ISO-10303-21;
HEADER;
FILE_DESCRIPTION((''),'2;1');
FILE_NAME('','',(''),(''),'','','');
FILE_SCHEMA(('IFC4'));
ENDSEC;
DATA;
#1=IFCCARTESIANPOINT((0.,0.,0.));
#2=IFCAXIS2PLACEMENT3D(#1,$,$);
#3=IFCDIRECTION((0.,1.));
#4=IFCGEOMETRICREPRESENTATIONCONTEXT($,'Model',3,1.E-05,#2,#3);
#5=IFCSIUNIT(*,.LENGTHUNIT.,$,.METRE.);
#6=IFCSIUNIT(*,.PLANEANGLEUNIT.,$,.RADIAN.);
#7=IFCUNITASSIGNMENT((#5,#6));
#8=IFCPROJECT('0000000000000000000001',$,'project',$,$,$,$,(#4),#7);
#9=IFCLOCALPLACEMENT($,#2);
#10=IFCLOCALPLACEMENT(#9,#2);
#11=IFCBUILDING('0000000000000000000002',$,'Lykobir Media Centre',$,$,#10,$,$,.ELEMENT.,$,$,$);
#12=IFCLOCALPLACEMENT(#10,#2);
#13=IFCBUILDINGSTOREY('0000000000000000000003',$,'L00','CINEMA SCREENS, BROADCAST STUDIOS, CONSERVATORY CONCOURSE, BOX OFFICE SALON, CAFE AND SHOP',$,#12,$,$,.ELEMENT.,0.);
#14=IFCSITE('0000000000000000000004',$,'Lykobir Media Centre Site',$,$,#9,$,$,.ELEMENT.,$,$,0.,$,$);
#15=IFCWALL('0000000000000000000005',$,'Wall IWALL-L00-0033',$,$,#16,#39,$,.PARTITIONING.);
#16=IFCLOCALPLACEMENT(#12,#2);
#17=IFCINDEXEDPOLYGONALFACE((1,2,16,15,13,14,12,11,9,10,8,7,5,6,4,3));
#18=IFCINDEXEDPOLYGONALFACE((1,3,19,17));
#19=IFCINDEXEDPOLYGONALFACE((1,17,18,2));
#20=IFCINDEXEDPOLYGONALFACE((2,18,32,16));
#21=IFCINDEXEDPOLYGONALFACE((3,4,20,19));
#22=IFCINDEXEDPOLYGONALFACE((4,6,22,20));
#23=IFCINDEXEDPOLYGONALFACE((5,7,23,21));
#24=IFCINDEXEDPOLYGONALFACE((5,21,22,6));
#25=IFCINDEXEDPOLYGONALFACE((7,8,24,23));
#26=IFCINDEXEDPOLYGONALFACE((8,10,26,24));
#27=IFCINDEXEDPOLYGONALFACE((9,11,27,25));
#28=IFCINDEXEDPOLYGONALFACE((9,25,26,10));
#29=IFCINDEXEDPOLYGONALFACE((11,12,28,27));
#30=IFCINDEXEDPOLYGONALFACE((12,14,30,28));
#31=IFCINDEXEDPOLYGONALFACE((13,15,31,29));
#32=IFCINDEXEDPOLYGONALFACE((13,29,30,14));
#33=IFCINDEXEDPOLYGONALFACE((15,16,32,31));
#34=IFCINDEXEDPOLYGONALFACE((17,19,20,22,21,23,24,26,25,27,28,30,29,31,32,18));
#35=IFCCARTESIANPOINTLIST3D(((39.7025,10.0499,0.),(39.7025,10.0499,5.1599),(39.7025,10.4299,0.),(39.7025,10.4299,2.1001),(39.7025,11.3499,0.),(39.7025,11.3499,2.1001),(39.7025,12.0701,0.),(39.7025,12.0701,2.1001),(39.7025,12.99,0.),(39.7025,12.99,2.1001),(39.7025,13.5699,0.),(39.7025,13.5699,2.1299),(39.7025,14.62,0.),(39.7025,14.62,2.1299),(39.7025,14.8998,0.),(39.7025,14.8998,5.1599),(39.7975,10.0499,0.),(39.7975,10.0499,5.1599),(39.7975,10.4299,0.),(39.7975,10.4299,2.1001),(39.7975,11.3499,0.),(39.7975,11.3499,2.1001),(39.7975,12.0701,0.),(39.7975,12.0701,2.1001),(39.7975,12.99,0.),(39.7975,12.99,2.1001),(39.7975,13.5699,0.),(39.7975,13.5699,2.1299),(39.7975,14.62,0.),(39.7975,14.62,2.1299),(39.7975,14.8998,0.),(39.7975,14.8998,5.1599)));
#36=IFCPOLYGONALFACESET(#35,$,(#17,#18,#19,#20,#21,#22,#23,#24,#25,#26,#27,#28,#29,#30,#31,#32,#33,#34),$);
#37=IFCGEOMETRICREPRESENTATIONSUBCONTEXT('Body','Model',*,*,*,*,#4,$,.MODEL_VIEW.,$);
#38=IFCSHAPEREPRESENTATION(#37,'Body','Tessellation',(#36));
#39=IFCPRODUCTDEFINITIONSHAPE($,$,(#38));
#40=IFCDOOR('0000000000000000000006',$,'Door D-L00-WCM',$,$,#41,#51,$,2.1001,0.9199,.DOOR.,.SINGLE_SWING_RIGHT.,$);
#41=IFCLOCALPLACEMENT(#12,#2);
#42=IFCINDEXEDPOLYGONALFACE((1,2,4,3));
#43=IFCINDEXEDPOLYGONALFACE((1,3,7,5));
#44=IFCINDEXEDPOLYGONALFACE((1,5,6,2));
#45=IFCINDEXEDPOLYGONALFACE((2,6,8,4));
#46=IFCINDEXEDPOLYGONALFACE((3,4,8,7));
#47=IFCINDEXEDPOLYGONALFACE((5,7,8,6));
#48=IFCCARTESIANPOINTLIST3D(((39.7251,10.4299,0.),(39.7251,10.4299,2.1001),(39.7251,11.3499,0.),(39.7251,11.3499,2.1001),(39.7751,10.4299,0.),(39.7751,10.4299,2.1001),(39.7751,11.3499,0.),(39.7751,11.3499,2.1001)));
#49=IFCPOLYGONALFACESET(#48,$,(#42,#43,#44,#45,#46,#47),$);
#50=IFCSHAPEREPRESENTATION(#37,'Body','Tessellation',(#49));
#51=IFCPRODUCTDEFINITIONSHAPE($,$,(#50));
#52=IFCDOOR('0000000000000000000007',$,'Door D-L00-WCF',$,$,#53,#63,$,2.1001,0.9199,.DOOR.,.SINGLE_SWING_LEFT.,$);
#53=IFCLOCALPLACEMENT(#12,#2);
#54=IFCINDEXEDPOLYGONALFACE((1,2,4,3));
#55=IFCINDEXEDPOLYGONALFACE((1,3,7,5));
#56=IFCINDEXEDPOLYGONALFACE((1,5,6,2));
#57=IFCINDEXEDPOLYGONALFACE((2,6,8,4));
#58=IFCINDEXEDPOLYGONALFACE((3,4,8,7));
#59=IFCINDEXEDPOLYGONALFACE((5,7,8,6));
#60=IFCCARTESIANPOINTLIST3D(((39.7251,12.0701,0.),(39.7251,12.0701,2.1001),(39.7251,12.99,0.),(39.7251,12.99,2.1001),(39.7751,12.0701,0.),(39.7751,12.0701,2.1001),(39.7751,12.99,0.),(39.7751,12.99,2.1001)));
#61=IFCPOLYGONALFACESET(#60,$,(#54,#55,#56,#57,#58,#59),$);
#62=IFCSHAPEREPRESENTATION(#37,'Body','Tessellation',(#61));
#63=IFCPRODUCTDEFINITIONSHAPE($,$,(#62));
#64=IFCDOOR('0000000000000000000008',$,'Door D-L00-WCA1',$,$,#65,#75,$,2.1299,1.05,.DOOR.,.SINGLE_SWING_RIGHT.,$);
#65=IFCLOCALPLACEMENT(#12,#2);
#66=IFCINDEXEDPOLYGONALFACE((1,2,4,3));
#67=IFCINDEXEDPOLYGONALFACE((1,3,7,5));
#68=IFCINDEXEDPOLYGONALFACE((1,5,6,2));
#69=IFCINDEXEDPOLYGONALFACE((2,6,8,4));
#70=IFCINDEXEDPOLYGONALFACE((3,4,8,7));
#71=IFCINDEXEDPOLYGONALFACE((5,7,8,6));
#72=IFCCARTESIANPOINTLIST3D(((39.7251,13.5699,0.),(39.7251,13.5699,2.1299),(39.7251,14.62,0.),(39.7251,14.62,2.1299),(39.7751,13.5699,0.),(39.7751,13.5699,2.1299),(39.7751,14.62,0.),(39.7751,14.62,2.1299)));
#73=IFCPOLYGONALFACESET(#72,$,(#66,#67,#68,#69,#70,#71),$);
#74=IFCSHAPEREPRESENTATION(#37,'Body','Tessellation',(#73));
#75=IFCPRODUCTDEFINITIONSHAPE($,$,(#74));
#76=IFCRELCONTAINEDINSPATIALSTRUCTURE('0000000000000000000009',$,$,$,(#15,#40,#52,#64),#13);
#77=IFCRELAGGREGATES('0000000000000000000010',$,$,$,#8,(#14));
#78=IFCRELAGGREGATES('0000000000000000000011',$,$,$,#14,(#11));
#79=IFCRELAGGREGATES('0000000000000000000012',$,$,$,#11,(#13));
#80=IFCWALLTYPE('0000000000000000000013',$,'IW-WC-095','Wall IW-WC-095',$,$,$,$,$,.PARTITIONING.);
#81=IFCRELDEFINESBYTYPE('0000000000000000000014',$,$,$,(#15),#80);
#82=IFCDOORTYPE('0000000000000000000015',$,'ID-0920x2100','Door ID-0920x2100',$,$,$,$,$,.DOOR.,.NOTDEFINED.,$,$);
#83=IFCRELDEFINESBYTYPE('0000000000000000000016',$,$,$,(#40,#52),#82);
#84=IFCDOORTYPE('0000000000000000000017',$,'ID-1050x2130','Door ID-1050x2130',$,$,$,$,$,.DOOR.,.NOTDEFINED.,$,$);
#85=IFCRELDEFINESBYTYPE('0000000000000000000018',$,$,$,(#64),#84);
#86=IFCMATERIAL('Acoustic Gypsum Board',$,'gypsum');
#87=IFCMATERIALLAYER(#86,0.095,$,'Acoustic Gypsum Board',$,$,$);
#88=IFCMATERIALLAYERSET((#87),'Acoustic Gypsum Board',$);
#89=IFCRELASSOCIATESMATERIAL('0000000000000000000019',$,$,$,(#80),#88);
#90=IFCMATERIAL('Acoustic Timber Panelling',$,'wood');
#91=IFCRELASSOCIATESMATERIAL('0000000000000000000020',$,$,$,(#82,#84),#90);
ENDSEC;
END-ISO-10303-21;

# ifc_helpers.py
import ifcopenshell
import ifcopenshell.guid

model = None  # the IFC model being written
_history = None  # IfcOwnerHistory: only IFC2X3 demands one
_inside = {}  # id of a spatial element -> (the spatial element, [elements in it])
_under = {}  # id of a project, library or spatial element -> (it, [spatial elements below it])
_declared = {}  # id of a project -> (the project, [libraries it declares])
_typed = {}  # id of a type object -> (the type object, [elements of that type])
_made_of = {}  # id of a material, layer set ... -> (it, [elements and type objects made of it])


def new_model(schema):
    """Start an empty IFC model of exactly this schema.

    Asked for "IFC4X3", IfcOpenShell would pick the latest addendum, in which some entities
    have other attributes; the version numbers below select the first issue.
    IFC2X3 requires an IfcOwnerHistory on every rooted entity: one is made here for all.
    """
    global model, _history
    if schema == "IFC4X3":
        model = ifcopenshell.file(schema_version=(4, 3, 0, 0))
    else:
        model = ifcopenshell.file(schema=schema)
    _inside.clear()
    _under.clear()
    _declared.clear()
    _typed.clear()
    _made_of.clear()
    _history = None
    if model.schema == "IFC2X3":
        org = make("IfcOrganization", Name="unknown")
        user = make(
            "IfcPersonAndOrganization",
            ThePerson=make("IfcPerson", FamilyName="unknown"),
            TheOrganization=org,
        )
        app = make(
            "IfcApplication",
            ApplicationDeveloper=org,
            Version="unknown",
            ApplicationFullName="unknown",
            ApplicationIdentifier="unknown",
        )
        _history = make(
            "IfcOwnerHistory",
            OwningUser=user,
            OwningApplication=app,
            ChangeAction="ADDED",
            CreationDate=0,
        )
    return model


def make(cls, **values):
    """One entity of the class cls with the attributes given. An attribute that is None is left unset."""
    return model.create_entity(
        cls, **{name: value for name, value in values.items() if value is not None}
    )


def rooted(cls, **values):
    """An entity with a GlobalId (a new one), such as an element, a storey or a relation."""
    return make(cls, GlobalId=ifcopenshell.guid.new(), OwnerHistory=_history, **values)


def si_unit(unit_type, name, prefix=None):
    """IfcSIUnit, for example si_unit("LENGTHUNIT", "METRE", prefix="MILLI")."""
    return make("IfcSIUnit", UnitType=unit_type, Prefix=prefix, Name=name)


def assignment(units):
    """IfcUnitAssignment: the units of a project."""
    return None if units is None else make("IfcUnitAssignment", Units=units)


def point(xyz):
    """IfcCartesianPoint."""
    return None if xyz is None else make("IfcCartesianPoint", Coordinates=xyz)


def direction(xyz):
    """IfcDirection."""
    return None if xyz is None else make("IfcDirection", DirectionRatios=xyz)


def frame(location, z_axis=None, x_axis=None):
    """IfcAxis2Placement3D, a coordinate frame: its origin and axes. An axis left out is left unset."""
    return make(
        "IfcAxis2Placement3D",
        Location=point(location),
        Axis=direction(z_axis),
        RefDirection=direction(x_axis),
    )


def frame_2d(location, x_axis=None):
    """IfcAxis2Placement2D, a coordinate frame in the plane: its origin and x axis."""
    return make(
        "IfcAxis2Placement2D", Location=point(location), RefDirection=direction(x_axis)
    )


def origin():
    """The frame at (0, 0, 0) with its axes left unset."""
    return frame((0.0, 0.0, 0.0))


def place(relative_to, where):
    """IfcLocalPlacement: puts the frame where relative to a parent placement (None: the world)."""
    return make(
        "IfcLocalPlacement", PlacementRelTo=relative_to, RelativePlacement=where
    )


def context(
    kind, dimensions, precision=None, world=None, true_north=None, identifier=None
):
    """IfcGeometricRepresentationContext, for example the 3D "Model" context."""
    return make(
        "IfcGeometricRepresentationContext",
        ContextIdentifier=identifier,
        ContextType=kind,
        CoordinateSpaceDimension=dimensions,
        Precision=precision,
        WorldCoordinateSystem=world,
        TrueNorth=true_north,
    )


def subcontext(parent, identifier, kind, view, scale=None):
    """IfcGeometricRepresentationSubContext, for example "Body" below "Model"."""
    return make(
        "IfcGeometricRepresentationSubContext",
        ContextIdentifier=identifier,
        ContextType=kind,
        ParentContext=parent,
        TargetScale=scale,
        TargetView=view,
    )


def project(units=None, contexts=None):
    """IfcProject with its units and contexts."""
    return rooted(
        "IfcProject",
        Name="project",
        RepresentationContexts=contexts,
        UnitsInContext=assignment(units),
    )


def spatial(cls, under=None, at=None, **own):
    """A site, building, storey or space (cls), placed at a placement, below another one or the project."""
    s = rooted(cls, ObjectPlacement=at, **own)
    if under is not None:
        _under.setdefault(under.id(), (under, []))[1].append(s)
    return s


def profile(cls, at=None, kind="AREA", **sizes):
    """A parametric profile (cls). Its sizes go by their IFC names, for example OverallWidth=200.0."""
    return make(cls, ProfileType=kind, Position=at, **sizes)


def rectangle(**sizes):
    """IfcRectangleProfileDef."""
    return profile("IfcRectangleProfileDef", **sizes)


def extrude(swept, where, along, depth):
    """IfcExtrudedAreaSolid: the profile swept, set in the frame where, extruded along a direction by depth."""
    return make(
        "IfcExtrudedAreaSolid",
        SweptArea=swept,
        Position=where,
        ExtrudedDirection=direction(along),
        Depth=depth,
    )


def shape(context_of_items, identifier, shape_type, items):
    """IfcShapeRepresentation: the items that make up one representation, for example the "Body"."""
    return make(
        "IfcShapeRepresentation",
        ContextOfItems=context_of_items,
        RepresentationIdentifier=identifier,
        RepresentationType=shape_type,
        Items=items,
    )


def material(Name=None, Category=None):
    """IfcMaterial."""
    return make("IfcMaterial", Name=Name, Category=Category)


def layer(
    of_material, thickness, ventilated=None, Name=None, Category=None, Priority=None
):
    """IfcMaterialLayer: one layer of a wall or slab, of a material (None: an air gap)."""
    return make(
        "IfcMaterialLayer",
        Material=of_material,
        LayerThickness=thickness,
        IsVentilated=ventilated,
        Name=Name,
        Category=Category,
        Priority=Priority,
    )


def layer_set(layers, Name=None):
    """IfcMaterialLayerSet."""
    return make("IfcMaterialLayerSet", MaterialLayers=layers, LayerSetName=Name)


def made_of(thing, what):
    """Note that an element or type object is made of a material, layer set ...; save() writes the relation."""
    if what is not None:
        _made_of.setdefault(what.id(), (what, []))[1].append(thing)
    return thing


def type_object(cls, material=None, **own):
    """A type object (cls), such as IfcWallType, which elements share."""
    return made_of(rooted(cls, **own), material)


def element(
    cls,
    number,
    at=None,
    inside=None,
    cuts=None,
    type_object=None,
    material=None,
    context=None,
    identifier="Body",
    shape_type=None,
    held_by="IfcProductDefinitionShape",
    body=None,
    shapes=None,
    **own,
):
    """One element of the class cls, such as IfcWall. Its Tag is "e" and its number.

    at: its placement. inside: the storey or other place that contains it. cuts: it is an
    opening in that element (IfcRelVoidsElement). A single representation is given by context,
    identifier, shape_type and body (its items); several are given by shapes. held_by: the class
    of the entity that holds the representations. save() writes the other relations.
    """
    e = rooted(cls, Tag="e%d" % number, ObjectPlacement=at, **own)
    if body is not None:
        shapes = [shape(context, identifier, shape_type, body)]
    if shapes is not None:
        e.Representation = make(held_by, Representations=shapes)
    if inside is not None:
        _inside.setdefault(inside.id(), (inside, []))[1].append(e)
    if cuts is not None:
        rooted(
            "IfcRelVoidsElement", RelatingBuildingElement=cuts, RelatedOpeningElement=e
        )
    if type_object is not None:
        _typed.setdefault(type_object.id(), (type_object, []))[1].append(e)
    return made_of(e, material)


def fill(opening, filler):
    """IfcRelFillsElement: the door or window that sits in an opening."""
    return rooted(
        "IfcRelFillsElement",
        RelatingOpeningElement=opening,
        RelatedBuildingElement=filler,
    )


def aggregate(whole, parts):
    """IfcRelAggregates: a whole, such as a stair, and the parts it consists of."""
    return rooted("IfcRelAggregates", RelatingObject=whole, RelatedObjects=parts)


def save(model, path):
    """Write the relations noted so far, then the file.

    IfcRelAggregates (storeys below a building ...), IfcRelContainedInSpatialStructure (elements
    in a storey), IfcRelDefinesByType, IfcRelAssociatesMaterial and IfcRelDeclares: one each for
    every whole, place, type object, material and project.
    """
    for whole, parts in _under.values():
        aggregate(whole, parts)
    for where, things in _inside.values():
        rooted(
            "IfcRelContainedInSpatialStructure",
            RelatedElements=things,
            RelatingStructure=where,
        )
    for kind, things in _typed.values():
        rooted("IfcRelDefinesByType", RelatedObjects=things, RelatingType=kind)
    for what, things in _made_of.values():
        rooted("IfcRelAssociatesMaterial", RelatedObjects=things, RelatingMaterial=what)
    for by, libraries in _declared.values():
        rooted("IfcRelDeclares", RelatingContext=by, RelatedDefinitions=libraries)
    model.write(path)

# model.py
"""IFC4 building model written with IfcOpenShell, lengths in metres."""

from ifc_helpers import new_model, si_unit, direction, frame, frame_2d, origin, place, context, subcontext, project, spatial, rectangle, extrude, material, layer, layer_set, type_object, element, fill, save


model = new_model("IFC4")

# Units and contexts
model_context = context("Model", 3, precision=1e-05, world=origin(), true_north=direction((0.0, 1.0)))
body_context = subcontext(model_context, "Body", "Model", "MODEL_VIEW")
ifc_project = project(units=[si_unit("LENGTHUNIT", "METRE"), si_unit("PLANEANGLEUNIT", "RADIAN")], contexts=[model_context])

# Site, building, storey
site_placement = place(None, origin())
site = spatial("IfcSite", under=ifc_project, at=site_placement, Name="Lykobir Media Centre Site", CompositionType="ELEMENT", RefElevation=0.0)
building_placement = place(site_placement, origin())
building = spatial("IfcBuilding", under=site, at=building_placement, Name="Lykobir Media Centre", CompositionType="ELEMENT")
storey_placement = place(building_placement, origin())
storey = spatial("IfcBuildingStorey", under=building, at=storey_placement, Name="L00", Description="CINEMA SCREENS, BROADCAST STUDIOS, CONSERVATORY CONCOURSE, BOX OFFICE SALON, CAFE AND SHOP", CompositionType="ELEMENT", Elevation=0.0)

# Wall, openings, doors
ifc_material_1 = material(Name="Acoustic Gypsum Board", Category="gypsum")
ifc_material_2 = material(Name="Acoustic Timber Panelling", Category="wood")
ifc_layer_1 = layer(ifc_material_1, 0.095, Name="Acoustic Gypsum Board")
ifc_layer_set_1 = layer_set([ifc_layer_1], Name="Acoustic Gypsum Board")
wall_type_1 = type_object("IfcWallType", Name="IW-WC-095", Description="Wall IW-WC-095", PredefinedType="PARTITIONING", material=ifc_layer_set_1)
wall_1_placement = place(storey_placement, frame((39.75, 10.05, 0.0), z_axis=(0.0, 0.0, 1.0), x_axis=(0.0, 1.0, 0.0)))
wall_1 = element("IfcWall", 1, at=wall_1_placement, inside=storey, type_object=wall_type_1, Name="Wall IWALL-L00-0033", PredefinedType="PARTITIONING", context=body_context, shape_type="SweptSolid", body=[
    extrude(rectangle(XDim=4.8499, YDim=0.095, at=frame_2d((2.4248, 0.0))), origin(), (0.0, 0.0, 1.0), 5.1599),
])
opening_1_placement = place(wall_1_placement, frame((0.3799, 0.0, 0.0)))
opening_1 = element("IfcOpeningElement", 2, at=opening_1_placement, cuts=wall_1, PredefinedType="OPENING", context=body_context, shape_type="SweptSolid", body=[
    extrude(rectangle(XDim=0.9199, YDim=2.1001, at=frame_2d((0.46, 1.05))), frame((0.0, 0.0574, 0.0), z_axis=(0.0, -1.0, 0.0), x_axis=(1.0, 0.0, 0.0)), (0.0, 0.0, 1.0), 0.115),
])
opening_2_placement = place(wall_1_placement, frame((2.02, 0.0, 0.0)))
opening_2 = element("IfcOpeningElement", 3, at=opening_2_placement, cuts=wall_1, PredefinedType="OPENING", context=body_context, shape_type="SweptSolid", body=[
    extrude(rectangle(XDim=0.9199, YDim=2.1001, at=frame_2d((0.46, 1.05))), frame((0.0, 0.0574, 0.0), z_axis=(0.0, -1.0, 0.0), x_axis=(1.0, 0.0, 0.0)), (0.0, 0.0, 1.0), 0.115),
])
opening_3_placement = place(wall_1_placement, frame((3.52, 0.0, 0.0)))
opening_3 = element("IfcOpeningElement", 4, at=opening_3_placement, cuts=wall_1, PredefinedType="OPENING", context=body_context, shape_type="SweptSolid", body=[
    extrude(rectangle(XDim=1.05, YDim=2.1299, at=frame_2d((0.5249, 1.0649))), frame((0.0, 0.0574, 0.0), z_axis=(0.0, -1.0, 0.0), x_axis=(1.0, 0.0, 0.0)), (0.0, 0.0, 1.0), 0.115),
])
door_type_1 = type_object("IfcDoorType", Name="ID-0920x2100", Description="Door ID-0920x2100", OperationType="NOTDEFINED", PredefinedType="DOOR", material=ifc_material_2)
door_1_placement = place(opening_1_placement, origin())
door_1 = element("IfcDoor", 5, at=door_1_placement, inside=storey, type_object=door_type_1, Name="Door D-L00-WCM", OperationType="SINGLE_SWING_RIGHT", OverallHeight=2.1001, OverallWidth=0.9199, PredefinedType="DOOR", context=body_context, shape_type="SweptSolid", body=[
    extrude(rectangle(XDim=0.9199, YDim=2.1001, at=frame_2d((0.46, 1.05))), frame((0.0, 0.0249, 0.0), z_axis=(0.0, -1.0, 0.0), x_axis=(1.0, 0.0, 0.0)), (0.0, 0.0, 1.0), 0.05),
])
fill(opening_1, door_1)
door_2_placement = place(opening_2_placement, origin())
door_2 = element("IfcDoor", 6, at=door_2_placement, inside=storey, type_object=door_type_1, Name="Door D-L00-WCF", OperationType="SINGLE_SWING_LEFT", OverallHeight=2.1001, OverallWidth=0.9199, PredefinedType="DOOR", context=body_context, shape_type="SweptSolid", body=[
    extrude(rectangle(XDim=0.9199, YDim=2.1001, at=frame_2d((0.46, 1.05))), frame((0.0, 0.0249, 0.0), z_axis=(0.0, -1.0, 0.0), x_axis=(1.0, 0.0, 0.0)), (0.0, 0.0, 1.0), 0.05),
])
fill(opening_2, door_2)
door_type_2 = type_object("IfcDoorType", Name="ID-1050x2130", Description="Door ID-1050x2130", OperationType="NOTDEFINED", PredefinedType="DOOR", material=ifc_material_2)
door_3_placement = place(opening_3_placement, origin())
door_3 = element("IfcDoor", 7, at=door_3_placement, inside=storey, type_object=door_type_2, Name="Door D-L00-WCA1", OperationType="SINGLE_SWING_RIGHT", OverallHeight=2.1299, OverallWidth=1.05, PredefinedType="DOOR", context=body_context, shape_type="SweptSolid", body=[
    extrude(rectangle(XDim=1.05, YDim=2.1299, at=frame_2d((0.5249, 1.0649))), frame((0.0, 0.0249, 0.0), z_axis=(0.0, -1.0, 0.0), x_axis=(1.0, 0.0, 0.0)), (0.0, 0.0, 1.0), 0.05),
])
fill(opening_3, door_3)

save(model, "model.ifc")
